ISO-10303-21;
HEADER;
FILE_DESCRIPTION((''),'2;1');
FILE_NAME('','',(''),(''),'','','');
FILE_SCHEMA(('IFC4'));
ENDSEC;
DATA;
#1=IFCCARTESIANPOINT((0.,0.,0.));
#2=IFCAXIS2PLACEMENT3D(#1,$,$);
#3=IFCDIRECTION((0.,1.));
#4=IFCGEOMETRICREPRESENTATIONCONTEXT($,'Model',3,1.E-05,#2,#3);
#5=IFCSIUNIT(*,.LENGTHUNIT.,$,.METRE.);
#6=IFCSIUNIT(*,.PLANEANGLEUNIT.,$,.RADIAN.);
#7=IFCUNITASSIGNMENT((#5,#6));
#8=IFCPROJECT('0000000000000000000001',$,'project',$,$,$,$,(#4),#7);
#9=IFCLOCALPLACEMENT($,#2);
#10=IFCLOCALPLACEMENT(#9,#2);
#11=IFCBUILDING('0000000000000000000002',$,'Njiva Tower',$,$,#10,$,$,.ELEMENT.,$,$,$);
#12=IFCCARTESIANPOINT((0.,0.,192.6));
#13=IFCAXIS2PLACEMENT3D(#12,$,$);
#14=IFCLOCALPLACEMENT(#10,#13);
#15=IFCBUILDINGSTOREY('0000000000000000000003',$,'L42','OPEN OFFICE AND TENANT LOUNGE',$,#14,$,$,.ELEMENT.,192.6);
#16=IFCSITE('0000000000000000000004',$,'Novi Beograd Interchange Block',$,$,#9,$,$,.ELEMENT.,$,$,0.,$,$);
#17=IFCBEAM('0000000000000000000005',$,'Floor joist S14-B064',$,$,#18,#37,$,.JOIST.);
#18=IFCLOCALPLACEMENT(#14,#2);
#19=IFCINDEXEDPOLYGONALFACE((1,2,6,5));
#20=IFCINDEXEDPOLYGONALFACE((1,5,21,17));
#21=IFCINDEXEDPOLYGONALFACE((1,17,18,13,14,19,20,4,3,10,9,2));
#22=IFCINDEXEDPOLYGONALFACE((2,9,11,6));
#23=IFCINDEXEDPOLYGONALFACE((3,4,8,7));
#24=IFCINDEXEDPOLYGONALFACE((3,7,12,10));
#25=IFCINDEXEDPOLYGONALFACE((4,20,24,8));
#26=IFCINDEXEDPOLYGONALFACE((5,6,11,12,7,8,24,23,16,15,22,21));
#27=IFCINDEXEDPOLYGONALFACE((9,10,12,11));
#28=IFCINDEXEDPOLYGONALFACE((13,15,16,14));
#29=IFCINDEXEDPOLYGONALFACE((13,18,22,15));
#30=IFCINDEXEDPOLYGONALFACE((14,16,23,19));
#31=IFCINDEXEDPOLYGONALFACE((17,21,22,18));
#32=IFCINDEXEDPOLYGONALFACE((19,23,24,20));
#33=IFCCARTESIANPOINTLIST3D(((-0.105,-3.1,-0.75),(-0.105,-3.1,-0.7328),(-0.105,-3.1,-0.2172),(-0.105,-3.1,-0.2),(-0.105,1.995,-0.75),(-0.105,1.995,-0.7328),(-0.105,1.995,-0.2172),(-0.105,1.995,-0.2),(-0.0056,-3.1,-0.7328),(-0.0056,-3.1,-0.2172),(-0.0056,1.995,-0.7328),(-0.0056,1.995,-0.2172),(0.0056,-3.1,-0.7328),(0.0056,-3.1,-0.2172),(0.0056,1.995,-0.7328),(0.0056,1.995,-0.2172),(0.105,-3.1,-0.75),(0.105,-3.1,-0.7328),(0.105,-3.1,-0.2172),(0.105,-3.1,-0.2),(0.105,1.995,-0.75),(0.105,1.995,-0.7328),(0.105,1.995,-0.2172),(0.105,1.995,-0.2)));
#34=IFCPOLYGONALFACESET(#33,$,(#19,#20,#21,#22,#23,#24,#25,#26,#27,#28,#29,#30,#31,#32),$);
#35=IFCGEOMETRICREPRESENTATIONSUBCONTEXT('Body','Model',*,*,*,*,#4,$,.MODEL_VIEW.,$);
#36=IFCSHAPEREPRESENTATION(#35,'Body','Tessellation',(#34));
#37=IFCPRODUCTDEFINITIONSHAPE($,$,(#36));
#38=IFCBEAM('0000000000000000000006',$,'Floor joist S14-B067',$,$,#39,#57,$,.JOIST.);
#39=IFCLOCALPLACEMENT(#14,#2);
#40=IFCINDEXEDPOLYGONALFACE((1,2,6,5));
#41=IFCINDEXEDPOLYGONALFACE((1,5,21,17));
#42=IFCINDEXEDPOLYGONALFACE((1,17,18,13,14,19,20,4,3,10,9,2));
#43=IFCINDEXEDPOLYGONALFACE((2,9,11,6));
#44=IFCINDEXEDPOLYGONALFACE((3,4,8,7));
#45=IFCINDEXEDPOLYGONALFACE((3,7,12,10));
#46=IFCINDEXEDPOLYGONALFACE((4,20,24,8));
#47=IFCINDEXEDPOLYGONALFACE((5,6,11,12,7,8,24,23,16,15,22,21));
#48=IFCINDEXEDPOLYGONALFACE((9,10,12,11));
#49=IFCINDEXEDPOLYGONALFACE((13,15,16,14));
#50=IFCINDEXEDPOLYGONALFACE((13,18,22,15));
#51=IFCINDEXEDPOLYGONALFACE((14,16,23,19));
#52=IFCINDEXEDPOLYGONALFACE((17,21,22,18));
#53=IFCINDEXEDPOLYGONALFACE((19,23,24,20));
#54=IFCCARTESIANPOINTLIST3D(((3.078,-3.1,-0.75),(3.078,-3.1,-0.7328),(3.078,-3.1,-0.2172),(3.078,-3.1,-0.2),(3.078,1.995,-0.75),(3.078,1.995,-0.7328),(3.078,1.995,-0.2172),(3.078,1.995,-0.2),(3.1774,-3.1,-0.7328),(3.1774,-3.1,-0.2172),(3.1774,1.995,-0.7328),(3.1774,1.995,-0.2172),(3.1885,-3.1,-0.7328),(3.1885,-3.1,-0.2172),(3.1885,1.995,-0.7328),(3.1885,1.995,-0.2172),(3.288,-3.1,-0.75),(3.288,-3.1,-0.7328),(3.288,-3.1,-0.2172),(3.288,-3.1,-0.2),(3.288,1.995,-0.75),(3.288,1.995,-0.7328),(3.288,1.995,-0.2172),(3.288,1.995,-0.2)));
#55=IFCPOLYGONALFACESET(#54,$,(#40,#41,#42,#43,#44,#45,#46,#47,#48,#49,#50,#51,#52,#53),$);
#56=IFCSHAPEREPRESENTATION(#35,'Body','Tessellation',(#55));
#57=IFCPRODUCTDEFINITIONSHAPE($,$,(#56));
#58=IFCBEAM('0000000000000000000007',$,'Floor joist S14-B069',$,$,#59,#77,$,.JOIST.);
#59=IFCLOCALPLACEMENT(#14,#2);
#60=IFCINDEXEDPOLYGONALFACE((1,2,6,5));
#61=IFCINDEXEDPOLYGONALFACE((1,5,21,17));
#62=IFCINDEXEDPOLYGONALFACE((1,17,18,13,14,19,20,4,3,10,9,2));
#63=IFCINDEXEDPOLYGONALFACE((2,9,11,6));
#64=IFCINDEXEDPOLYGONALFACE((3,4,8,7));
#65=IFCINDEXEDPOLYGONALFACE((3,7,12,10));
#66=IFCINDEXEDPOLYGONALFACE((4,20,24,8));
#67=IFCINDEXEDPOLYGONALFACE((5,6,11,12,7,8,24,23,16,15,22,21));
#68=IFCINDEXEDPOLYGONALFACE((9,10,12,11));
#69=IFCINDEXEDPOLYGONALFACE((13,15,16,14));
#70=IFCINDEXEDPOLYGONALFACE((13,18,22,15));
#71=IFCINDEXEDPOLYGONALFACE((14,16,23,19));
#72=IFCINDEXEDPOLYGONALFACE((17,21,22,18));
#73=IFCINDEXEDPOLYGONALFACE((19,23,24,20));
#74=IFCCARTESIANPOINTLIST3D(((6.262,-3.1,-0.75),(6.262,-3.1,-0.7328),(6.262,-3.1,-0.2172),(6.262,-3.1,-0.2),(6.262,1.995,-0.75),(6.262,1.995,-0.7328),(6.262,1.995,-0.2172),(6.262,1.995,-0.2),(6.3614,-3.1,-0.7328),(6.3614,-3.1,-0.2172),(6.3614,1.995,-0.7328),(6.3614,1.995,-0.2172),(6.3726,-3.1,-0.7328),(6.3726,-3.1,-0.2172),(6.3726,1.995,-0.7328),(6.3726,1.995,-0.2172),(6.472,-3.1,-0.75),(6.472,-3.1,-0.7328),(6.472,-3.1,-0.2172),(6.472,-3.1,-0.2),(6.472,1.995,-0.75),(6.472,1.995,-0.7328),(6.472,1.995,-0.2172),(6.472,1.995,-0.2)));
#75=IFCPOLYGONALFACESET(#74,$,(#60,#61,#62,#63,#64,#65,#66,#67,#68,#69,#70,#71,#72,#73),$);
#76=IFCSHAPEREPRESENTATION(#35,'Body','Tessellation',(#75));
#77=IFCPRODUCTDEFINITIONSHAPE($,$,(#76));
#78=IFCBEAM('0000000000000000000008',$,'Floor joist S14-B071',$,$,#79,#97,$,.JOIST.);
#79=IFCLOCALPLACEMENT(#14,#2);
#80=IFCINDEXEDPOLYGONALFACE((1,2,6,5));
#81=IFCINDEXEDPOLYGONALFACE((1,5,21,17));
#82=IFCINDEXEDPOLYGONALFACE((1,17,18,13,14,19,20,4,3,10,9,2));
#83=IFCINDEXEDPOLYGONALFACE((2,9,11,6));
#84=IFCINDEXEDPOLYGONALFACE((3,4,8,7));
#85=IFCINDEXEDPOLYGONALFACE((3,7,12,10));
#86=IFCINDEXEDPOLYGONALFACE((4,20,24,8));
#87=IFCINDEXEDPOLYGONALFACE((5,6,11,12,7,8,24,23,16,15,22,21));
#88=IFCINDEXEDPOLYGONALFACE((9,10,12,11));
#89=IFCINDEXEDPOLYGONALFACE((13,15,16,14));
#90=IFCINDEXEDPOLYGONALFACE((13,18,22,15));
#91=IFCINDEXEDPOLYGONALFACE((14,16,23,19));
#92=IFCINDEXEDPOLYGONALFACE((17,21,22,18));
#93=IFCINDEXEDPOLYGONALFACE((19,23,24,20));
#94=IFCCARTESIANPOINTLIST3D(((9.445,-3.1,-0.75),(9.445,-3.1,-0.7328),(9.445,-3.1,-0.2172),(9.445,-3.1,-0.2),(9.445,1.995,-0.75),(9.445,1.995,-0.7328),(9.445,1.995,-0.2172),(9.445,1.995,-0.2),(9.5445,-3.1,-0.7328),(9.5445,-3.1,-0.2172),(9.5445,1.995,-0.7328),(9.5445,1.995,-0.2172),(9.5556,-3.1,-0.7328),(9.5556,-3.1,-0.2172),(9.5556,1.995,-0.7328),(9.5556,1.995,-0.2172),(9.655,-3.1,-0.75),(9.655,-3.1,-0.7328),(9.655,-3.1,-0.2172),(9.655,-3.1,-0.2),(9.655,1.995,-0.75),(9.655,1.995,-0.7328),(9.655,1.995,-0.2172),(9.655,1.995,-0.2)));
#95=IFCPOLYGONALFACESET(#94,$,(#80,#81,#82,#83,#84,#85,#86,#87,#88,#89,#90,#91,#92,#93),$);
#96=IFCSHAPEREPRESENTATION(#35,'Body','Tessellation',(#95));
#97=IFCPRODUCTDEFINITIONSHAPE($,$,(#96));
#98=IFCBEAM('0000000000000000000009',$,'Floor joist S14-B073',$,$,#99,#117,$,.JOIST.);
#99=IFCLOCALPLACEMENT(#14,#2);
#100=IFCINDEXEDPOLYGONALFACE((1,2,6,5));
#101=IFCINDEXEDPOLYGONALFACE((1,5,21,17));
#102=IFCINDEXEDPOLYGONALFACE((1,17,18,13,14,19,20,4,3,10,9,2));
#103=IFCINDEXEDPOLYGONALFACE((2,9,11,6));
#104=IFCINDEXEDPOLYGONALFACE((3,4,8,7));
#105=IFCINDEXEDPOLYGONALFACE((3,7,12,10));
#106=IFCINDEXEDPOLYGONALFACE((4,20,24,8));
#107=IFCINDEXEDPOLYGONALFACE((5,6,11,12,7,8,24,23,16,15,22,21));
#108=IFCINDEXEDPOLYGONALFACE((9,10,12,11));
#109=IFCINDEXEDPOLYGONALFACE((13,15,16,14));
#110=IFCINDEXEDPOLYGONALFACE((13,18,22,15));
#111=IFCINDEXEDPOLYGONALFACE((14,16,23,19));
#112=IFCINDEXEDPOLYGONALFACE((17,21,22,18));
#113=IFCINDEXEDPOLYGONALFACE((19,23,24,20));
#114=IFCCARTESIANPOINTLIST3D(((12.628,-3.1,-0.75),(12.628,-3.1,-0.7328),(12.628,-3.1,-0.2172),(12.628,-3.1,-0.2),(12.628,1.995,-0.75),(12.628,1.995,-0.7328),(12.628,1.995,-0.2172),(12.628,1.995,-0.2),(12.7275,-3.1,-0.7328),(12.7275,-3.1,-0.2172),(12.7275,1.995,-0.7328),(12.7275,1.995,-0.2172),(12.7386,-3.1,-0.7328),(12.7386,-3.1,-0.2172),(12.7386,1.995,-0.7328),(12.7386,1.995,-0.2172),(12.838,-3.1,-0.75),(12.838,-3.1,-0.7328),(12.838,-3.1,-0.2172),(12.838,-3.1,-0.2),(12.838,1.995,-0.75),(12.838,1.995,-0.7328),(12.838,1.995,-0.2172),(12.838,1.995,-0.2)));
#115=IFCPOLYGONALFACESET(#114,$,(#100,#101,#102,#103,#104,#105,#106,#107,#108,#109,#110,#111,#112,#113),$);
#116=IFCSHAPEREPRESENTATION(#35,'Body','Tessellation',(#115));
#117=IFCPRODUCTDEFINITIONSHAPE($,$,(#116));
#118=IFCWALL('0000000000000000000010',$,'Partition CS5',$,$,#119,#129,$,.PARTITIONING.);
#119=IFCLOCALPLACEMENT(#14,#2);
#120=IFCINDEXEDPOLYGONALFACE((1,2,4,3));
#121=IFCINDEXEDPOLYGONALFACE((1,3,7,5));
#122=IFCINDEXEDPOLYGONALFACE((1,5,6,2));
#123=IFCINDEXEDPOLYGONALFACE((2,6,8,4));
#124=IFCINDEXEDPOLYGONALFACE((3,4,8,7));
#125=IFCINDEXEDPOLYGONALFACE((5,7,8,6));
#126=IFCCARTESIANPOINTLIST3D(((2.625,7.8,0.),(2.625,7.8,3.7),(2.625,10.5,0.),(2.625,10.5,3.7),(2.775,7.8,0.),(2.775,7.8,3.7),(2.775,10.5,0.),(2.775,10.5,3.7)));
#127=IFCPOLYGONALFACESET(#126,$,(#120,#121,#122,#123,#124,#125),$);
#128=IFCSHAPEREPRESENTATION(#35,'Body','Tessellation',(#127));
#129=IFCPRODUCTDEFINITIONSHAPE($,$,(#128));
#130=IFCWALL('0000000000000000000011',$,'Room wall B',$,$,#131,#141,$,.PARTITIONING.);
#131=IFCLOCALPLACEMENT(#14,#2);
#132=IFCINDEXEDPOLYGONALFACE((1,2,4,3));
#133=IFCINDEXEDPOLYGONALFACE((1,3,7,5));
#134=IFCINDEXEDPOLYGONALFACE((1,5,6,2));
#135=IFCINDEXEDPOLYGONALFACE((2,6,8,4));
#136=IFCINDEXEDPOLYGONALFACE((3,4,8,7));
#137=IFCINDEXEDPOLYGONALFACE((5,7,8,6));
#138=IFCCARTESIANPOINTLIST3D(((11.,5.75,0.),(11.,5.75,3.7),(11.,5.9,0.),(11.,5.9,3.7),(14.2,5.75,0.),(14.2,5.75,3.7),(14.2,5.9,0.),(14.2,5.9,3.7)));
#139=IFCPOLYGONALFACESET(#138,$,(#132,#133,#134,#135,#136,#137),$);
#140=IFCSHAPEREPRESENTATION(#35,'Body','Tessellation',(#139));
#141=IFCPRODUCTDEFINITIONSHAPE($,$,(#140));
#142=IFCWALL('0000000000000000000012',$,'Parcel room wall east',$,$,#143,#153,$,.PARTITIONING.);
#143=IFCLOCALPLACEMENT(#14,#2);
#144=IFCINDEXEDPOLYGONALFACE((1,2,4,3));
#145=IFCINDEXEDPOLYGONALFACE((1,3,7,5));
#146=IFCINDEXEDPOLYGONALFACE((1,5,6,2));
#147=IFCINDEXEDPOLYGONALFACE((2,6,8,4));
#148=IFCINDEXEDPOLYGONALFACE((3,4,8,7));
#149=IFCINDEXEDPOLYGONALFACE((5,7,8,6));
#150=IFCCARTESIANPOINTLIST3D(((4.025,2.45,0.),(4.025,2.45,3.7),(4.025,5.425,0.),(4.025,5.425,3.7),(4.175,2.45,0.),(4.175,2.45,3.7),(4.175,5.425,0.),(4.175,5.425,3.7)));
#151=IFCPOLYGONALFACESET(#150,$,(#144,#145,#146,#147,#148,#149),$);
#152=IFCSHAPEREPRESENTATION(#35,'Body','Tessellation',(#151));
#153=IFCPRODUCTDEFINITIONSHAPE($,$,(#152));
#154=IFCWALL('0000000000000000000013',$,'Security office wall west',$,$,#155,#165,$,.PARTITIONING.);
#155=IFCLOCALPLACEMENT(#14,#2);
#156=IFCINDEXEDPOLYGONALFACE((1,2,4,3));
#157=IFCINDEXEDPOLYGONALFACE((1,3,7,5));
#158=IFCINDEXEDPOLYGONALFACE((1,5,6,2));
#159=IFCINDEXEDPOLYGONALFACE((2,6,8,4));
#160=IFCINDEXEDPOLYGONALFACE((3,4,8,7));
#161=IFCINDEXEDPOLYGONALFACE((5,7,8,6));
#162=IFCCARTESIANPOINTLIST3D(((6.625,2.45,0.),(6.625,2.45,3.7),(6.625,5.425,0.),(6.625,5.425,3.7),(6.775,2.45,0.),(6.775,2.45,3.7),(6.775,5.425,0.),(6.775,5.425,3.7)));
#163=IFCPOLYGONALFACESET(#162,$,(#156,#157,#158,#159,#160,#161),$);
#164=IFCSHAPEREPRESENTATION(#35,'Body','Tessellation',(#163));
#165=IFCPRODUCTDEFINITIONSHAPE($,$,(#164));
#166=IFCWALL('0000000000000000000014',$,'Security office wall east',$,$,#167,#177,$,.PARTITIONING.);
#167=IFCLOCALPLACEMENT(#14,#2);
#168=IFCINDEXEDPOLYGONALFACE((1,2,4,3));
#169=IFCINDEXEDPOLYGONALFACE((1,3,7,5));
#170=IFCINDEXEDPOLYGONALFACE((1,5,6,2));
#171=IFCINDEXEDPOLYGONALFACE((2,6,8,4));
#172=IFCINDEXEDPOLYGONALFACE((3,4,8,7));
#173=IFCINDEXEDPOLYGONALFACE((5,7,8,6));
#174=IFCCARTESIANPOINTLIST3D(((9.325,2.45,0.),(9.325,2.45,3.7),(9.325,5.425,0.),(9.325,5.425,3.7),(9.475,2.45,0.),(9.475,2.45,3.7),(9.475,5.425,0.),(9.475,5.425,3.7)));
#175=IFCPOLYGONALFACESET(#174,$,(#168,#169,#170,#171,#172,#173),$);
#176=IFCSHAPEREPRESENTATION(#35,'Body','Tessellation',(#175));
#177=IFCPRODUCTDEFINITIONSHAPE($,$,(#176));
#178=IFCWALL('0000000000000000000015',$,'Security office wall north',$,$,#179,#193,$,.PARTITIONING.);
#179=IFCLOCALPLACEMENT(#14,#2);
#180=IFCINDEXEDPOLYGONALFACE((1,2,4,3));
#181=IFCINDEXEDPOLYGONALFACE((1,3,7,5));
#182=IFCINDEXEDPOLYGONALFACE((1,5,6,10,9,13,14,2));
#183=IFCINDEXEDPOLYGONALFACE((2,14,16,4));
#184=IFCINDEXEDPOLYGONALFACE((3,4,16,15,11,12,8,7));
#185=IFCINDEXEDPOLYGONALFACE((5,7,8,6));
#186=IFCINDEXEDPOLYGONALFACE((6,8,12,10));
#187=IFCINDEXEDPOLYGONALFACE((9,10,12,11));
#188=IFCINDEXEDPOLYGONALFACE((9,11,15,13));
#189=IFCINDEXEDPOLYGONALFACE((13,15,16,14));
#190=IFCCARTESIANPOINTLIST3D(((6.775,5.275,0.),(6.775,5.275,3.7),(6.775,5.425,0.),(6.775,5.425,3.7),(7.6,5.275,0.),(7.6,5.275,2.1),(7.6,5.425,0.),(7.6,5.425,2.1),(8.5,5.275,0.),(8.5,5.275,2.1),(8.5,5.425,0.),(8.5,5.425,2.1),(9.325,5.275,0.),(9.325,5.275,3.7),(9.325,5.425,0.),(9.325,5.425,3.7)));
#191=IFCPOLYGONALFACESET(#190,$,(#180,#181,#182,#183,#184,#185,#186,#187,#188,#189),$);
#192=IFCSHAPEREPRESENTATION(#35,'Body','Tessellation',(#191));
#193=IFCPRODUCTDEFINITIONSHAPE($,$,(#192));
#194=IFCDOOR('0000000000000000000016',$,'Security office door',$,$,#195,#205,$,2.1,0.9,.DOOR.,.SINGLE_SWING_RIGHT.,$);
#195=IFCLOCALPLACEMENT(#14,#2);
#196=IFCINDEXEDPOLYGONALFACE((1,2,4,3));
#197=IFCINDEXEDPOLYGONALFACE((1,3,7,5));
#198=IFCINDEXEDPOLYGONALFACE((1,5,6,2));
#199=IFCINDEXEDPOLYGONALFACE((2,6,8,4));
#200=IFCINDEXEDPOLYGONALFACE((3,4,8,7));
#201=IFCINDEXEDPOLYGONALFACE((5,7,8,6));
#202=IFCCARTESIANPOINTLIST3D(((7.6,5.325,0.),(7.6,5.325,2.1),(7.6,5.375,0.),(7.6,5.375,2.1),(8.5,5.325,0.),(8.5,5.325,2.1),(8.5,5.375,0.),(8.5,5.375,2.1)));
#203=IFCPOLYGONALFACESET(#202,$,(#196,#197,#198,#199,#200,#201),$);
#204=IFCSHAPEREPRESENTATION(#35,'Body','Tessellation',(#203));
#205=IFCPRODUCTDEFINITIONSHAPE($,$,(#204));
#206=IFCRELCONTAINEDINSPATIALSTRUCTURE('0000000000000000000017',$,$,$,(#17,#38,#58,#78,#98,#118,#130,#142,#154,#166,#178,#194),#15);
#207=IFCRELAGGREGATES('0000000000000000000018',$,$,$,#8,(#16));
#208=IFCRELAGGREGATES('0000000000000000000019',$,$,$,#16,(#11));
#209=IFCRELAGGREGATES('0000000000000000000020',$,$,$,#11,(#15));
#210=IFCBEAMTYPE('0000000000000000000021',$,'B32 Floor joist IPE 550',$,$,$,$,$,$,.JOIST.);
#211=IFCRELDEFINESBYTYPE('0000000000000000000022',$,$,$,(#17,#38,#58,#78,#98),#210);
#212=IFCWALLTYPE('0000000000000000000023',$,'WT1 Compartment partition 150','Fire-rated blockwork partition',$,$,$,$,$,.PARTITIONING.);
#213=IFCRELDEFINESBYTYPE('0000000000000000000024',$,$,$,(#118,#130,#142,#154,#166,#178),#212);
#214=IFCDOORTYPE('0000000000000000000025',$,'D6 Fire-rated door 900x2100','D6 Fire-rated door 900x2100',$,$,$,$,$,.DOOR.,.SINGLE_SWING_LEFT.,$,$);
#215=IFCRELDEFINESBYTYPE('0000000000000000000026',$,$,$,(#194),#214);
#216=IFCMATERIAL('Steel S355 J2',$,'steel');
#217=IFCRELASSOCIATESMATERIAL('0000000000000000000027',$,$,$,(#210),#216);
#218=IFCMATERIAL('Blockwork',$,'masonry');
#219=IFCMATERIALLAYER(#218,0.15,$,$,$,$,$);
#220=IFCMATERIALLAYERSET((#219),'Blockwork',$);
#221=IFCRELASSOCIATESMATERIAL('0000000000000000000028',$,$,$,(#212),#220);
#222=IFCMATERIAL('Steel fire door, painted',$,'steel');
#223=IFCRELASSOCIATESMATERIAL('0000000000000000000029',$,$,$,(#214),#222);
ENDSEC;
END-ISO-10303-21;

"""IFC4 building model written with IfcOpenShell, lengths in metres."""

from ifc_helpers import new_model, si_unit, direction, frame, frame_2d, origin, origin_2d, place, context, subcontext, project, spatial, rectangle, i_section, extrude, material, layer, layer_set, material_profile, profile_set, type_object, element, fill, save


model = new_model("IFC4")

# Units and contexts
model_context = context("Model", 3, precision=1e-05, world=origin(), true_north=direction((0.0, 1.0)))
body_context = subcontext(model_context, "Body", "Model", "MODEL_VIEW")
ifc_project = project(units=[si_unit("LENGTHUNIT", "METRE"), si_unit("PLANEANGLEUNIT", "RADIAN")], contexts=[model_context])

# Site, building, storey
site_placement = place(None, origin())
site = spatial("IfcSite", under=ifc_project, at=site_placement, Name="Novi Beograd Interchange Block", CompositionType="ELEMENT", RefElevation=0.0)
building_placement = place(site_placement, origin())
building = spatial("IfcBuilding", under=site, at=building_placement, Name="Njiva Tower", CompositionType="ELEMENT")
storey_placement = place(building_placement, frame((0.0, 0.0, 192.6)))
storey = spatial("IfcBuildingStorey", under=building, at=storey_placement, Name="L42", Description="OPEN OFFICE AND TENANT LOUNGE", CompositionType="ELEMENT", Elevation=192.6)

# Beams
ifc_material_1 = material(Name="Steel S355 J2", Category="steel")
ifc_material_profile = material_profile(ifc_material_1, i_section(OverallWidth=0.21, OverallDepth=0.55, WebThickness=0.0111, FlangeThickness=0.0172, at=origin_2d()), Name="IPE 550")
ifc_profile_set = profile_set([ifc_material_profile], Name="Steel S355 J2")
beam_type = type_object("IfcBeamType", Name="B32 Floor joist IPE 550", PredefinedType="JOIST", material=ifc_profile_set)
for number, where, z_axis, x_axis, name in (
    (1, (0.0, 1.995, -0.475), (0.0, -1.0, 0.0), (1.0, 0.0, 0.0), "Floor joist S14-B064"),
    (2, (3.183, 1.995, -0.475), (0.0, -1.0, 0.0), (1.0, 0.0, 0.0), "Floor joist S14-B067"),
    (3, (6.367, 1.995, -0.475), (0.0, -1.0, 0.0), (1.0, 0.0, 0.0), "Floor joist S14-B069"),
    (4, (9.55, 1.995, -0.475), (0.0, -1.0, 0.0), (1.0, 0.0, 0.0), "Floor joist S14-B071"),
    (5, (12.733, 1.995, -0.475), (0.0, -1.0, 0.0), (1.0, 0.0, 0.0), "Floor joist S14-B073"),
):
    element("IfcBeam", number, at=place(storey_placement, frame(where, z_axis=z_axis, x_axis=x_axis)), inside=storey, type_object=beam_type, Name=name, PredefinedType="JOIST", context=body_context, shape_type="SweptSolid", body=[
        extrude(i_section(OverallWidth=0.21, OverallDepth=0.55, WebThickness=0.0111, FlangeThickness=0.0172, at=origin_2d()), origin(), (0.0, 0.0, 1.0), 5.095),
    ])

# Walls
ifc_material_2 = material(Name="Blockwork", Category="masonry")
ifc_layer_1 = layer(ifc_material_2, 0.15)
ifc_layer_set_1 = layer_set([ifc_layer_1], Name="Blockwork")
wall_type_1 = type_object("IfcWallType", Name="WT1 Compartment partition 150", Description="Fire-rated blockwork partition", PredefinedType="PARTITIONING", material=ifc_layer_set_1)
wall_1_placement = place(storey_placement, frame((2.7, 7.8, 0.0), z_axis=(0.0, 0.0, 1.0), x_axis=(0.0, 1.0, 0.0)))
element("IfcWall", 6, at=wall_1_placement, inside=storey, type_object=wall_type_1, Name="Partition CS5", PredefinedType="PARTITIONING", context=body_context, shape_type="SweptSolid", body=[
    extrude(rectangle(XDim=2.7, YDim=0.15, at=frame_2d((1.35, 0.0))), origin(), (0.0, 0.0, 1.0), 3.7),
])
wall_2_placement = place(storey_placement, frame((11.0, 5.825, 0.0), z_axis=(0.0, 0.0, 1.0), x_axis=(1.0, 0.0, 0.0)))
element("IfcWall", 7, at=wall_2_placement, inside=storey, type_object=wall_type_1, Name="Room wall B", PredefinedType="PARTITIONING", context=body_context, shape_type="SweptSolid", body=[
    extrude(rectangle(XDim=3.2, YDim=0.15, at=frame_2d((1.6, 0.0))), origin(), (0.0, 0.0, 1.0), 3.7),
])
for number, where, z_axis, x_axis, name in (
    (8, (4.1, 2.45, 0.0), (0.0, 0.0, 1.0), (0.0, 1.0, 0.0), "Parcel room wall east"),
    (9, (6.7, 2.45, 0.0), (0.0, 0.0, 1.0), (0.0, 1.0, 0.0), "Security office wall west"),
    (10, (9.4, 2.45, 0.0), (0.0, 0.0, 1.0), (0.0, 1.0, 0.0), "Security office wall east"),
):
    element("IfcWall", number, at=place(storey_placement, frame(where, z_axis=z_axis, x_axis=x_axis)), inside=storey, type_object=wall_type_1, Name=name, PredefinedType="PARTITIONING", context=body_context, shape_type="SweptSolid", body=[
        extrude(rectangle(XDim=2.975, YDim=0.15, at=frame_2d((1.4875, 0.0))), origin(), (0.0, 0.0, 1.0), 3.7),
    ])

# Wall, opening, door
wall_3_placement = place(storey_placement, frame((6.775, 5.35, 0.0), z_axis=(0.0, 0.0, 1.0), x_axis=(1.0, 0.0, 0.0)))
wall_3 = element("IfcWall", 11, at=wall_3_placement, inside=storey, type_object=wall_type_1, Name="Security office wall north", PredefinedType="PARTITIONING", context=body_context, shape_type="SweptSolid", body=[
    extrude(rectangle(XDim=2.55, YDim=0.15, at=frame_2d((1.275, 0.0))), origin(), (0.0, 0.0, 1.0), 3.7),
])
opening_1_placement = place(wall_3_placement, frame((0.825, 0.0, 0.0)))
opening_1 = element("IfcOpeningElement", 12, at=opening_1_placement, cuts=wall_3, PredefinedType="OPENING", context=body_context, shape_type="SweptSolid", body=[
    extrude(rectangle(XDim=0.9, YDim=2.1, at=frame_2d((0.45, 1.05))), frame((0.0, 0.085, 0.0), z_axis=(0.0, -1.0, 0.0), x_axis=(1.0, 0.0, 0.0)), (0.0, 0.0, 1.0), 0.17),
])
ifc_material_3 = material(Name="Steel fire door, painted", Category="steel")
door_type_1 = type_object("IfcDoorType", Name="D6 Fire-rated door 900x2100", Description="D6 Fire-rated door 900x2100", OperationType="SINGLE_SWING_LEFT", PredefinedType="DOOR", material=ifc_material_3)
door_1_placement = place(opening_1_placement, origin())
door_1 = element("IfcDoor", 13, at=door_1_placement, inside=storey, type_object=door_type_1, Name="Security office door", OperationType="SINGLE_SWING_RIGHT", OverallHeight=2.1, OverallWidth=0.9, PredefinedType="DOOR", context=body_context, shape_type="SweptSolid", body=[
    extrude(rectangle(XDim=0.9, YDim=2.1, at=frame_2d((0.45, 1.05))), frame((0.0, 0.025, 0.0), z_axis=(0.0, -1.0, 0.0), x_axis=(1.0, 0.0, 0.0)), (0.0, 0.0, 1.0), 0.05),
])
fill(opening_1, door_1)

save(model, "model.ifc")
